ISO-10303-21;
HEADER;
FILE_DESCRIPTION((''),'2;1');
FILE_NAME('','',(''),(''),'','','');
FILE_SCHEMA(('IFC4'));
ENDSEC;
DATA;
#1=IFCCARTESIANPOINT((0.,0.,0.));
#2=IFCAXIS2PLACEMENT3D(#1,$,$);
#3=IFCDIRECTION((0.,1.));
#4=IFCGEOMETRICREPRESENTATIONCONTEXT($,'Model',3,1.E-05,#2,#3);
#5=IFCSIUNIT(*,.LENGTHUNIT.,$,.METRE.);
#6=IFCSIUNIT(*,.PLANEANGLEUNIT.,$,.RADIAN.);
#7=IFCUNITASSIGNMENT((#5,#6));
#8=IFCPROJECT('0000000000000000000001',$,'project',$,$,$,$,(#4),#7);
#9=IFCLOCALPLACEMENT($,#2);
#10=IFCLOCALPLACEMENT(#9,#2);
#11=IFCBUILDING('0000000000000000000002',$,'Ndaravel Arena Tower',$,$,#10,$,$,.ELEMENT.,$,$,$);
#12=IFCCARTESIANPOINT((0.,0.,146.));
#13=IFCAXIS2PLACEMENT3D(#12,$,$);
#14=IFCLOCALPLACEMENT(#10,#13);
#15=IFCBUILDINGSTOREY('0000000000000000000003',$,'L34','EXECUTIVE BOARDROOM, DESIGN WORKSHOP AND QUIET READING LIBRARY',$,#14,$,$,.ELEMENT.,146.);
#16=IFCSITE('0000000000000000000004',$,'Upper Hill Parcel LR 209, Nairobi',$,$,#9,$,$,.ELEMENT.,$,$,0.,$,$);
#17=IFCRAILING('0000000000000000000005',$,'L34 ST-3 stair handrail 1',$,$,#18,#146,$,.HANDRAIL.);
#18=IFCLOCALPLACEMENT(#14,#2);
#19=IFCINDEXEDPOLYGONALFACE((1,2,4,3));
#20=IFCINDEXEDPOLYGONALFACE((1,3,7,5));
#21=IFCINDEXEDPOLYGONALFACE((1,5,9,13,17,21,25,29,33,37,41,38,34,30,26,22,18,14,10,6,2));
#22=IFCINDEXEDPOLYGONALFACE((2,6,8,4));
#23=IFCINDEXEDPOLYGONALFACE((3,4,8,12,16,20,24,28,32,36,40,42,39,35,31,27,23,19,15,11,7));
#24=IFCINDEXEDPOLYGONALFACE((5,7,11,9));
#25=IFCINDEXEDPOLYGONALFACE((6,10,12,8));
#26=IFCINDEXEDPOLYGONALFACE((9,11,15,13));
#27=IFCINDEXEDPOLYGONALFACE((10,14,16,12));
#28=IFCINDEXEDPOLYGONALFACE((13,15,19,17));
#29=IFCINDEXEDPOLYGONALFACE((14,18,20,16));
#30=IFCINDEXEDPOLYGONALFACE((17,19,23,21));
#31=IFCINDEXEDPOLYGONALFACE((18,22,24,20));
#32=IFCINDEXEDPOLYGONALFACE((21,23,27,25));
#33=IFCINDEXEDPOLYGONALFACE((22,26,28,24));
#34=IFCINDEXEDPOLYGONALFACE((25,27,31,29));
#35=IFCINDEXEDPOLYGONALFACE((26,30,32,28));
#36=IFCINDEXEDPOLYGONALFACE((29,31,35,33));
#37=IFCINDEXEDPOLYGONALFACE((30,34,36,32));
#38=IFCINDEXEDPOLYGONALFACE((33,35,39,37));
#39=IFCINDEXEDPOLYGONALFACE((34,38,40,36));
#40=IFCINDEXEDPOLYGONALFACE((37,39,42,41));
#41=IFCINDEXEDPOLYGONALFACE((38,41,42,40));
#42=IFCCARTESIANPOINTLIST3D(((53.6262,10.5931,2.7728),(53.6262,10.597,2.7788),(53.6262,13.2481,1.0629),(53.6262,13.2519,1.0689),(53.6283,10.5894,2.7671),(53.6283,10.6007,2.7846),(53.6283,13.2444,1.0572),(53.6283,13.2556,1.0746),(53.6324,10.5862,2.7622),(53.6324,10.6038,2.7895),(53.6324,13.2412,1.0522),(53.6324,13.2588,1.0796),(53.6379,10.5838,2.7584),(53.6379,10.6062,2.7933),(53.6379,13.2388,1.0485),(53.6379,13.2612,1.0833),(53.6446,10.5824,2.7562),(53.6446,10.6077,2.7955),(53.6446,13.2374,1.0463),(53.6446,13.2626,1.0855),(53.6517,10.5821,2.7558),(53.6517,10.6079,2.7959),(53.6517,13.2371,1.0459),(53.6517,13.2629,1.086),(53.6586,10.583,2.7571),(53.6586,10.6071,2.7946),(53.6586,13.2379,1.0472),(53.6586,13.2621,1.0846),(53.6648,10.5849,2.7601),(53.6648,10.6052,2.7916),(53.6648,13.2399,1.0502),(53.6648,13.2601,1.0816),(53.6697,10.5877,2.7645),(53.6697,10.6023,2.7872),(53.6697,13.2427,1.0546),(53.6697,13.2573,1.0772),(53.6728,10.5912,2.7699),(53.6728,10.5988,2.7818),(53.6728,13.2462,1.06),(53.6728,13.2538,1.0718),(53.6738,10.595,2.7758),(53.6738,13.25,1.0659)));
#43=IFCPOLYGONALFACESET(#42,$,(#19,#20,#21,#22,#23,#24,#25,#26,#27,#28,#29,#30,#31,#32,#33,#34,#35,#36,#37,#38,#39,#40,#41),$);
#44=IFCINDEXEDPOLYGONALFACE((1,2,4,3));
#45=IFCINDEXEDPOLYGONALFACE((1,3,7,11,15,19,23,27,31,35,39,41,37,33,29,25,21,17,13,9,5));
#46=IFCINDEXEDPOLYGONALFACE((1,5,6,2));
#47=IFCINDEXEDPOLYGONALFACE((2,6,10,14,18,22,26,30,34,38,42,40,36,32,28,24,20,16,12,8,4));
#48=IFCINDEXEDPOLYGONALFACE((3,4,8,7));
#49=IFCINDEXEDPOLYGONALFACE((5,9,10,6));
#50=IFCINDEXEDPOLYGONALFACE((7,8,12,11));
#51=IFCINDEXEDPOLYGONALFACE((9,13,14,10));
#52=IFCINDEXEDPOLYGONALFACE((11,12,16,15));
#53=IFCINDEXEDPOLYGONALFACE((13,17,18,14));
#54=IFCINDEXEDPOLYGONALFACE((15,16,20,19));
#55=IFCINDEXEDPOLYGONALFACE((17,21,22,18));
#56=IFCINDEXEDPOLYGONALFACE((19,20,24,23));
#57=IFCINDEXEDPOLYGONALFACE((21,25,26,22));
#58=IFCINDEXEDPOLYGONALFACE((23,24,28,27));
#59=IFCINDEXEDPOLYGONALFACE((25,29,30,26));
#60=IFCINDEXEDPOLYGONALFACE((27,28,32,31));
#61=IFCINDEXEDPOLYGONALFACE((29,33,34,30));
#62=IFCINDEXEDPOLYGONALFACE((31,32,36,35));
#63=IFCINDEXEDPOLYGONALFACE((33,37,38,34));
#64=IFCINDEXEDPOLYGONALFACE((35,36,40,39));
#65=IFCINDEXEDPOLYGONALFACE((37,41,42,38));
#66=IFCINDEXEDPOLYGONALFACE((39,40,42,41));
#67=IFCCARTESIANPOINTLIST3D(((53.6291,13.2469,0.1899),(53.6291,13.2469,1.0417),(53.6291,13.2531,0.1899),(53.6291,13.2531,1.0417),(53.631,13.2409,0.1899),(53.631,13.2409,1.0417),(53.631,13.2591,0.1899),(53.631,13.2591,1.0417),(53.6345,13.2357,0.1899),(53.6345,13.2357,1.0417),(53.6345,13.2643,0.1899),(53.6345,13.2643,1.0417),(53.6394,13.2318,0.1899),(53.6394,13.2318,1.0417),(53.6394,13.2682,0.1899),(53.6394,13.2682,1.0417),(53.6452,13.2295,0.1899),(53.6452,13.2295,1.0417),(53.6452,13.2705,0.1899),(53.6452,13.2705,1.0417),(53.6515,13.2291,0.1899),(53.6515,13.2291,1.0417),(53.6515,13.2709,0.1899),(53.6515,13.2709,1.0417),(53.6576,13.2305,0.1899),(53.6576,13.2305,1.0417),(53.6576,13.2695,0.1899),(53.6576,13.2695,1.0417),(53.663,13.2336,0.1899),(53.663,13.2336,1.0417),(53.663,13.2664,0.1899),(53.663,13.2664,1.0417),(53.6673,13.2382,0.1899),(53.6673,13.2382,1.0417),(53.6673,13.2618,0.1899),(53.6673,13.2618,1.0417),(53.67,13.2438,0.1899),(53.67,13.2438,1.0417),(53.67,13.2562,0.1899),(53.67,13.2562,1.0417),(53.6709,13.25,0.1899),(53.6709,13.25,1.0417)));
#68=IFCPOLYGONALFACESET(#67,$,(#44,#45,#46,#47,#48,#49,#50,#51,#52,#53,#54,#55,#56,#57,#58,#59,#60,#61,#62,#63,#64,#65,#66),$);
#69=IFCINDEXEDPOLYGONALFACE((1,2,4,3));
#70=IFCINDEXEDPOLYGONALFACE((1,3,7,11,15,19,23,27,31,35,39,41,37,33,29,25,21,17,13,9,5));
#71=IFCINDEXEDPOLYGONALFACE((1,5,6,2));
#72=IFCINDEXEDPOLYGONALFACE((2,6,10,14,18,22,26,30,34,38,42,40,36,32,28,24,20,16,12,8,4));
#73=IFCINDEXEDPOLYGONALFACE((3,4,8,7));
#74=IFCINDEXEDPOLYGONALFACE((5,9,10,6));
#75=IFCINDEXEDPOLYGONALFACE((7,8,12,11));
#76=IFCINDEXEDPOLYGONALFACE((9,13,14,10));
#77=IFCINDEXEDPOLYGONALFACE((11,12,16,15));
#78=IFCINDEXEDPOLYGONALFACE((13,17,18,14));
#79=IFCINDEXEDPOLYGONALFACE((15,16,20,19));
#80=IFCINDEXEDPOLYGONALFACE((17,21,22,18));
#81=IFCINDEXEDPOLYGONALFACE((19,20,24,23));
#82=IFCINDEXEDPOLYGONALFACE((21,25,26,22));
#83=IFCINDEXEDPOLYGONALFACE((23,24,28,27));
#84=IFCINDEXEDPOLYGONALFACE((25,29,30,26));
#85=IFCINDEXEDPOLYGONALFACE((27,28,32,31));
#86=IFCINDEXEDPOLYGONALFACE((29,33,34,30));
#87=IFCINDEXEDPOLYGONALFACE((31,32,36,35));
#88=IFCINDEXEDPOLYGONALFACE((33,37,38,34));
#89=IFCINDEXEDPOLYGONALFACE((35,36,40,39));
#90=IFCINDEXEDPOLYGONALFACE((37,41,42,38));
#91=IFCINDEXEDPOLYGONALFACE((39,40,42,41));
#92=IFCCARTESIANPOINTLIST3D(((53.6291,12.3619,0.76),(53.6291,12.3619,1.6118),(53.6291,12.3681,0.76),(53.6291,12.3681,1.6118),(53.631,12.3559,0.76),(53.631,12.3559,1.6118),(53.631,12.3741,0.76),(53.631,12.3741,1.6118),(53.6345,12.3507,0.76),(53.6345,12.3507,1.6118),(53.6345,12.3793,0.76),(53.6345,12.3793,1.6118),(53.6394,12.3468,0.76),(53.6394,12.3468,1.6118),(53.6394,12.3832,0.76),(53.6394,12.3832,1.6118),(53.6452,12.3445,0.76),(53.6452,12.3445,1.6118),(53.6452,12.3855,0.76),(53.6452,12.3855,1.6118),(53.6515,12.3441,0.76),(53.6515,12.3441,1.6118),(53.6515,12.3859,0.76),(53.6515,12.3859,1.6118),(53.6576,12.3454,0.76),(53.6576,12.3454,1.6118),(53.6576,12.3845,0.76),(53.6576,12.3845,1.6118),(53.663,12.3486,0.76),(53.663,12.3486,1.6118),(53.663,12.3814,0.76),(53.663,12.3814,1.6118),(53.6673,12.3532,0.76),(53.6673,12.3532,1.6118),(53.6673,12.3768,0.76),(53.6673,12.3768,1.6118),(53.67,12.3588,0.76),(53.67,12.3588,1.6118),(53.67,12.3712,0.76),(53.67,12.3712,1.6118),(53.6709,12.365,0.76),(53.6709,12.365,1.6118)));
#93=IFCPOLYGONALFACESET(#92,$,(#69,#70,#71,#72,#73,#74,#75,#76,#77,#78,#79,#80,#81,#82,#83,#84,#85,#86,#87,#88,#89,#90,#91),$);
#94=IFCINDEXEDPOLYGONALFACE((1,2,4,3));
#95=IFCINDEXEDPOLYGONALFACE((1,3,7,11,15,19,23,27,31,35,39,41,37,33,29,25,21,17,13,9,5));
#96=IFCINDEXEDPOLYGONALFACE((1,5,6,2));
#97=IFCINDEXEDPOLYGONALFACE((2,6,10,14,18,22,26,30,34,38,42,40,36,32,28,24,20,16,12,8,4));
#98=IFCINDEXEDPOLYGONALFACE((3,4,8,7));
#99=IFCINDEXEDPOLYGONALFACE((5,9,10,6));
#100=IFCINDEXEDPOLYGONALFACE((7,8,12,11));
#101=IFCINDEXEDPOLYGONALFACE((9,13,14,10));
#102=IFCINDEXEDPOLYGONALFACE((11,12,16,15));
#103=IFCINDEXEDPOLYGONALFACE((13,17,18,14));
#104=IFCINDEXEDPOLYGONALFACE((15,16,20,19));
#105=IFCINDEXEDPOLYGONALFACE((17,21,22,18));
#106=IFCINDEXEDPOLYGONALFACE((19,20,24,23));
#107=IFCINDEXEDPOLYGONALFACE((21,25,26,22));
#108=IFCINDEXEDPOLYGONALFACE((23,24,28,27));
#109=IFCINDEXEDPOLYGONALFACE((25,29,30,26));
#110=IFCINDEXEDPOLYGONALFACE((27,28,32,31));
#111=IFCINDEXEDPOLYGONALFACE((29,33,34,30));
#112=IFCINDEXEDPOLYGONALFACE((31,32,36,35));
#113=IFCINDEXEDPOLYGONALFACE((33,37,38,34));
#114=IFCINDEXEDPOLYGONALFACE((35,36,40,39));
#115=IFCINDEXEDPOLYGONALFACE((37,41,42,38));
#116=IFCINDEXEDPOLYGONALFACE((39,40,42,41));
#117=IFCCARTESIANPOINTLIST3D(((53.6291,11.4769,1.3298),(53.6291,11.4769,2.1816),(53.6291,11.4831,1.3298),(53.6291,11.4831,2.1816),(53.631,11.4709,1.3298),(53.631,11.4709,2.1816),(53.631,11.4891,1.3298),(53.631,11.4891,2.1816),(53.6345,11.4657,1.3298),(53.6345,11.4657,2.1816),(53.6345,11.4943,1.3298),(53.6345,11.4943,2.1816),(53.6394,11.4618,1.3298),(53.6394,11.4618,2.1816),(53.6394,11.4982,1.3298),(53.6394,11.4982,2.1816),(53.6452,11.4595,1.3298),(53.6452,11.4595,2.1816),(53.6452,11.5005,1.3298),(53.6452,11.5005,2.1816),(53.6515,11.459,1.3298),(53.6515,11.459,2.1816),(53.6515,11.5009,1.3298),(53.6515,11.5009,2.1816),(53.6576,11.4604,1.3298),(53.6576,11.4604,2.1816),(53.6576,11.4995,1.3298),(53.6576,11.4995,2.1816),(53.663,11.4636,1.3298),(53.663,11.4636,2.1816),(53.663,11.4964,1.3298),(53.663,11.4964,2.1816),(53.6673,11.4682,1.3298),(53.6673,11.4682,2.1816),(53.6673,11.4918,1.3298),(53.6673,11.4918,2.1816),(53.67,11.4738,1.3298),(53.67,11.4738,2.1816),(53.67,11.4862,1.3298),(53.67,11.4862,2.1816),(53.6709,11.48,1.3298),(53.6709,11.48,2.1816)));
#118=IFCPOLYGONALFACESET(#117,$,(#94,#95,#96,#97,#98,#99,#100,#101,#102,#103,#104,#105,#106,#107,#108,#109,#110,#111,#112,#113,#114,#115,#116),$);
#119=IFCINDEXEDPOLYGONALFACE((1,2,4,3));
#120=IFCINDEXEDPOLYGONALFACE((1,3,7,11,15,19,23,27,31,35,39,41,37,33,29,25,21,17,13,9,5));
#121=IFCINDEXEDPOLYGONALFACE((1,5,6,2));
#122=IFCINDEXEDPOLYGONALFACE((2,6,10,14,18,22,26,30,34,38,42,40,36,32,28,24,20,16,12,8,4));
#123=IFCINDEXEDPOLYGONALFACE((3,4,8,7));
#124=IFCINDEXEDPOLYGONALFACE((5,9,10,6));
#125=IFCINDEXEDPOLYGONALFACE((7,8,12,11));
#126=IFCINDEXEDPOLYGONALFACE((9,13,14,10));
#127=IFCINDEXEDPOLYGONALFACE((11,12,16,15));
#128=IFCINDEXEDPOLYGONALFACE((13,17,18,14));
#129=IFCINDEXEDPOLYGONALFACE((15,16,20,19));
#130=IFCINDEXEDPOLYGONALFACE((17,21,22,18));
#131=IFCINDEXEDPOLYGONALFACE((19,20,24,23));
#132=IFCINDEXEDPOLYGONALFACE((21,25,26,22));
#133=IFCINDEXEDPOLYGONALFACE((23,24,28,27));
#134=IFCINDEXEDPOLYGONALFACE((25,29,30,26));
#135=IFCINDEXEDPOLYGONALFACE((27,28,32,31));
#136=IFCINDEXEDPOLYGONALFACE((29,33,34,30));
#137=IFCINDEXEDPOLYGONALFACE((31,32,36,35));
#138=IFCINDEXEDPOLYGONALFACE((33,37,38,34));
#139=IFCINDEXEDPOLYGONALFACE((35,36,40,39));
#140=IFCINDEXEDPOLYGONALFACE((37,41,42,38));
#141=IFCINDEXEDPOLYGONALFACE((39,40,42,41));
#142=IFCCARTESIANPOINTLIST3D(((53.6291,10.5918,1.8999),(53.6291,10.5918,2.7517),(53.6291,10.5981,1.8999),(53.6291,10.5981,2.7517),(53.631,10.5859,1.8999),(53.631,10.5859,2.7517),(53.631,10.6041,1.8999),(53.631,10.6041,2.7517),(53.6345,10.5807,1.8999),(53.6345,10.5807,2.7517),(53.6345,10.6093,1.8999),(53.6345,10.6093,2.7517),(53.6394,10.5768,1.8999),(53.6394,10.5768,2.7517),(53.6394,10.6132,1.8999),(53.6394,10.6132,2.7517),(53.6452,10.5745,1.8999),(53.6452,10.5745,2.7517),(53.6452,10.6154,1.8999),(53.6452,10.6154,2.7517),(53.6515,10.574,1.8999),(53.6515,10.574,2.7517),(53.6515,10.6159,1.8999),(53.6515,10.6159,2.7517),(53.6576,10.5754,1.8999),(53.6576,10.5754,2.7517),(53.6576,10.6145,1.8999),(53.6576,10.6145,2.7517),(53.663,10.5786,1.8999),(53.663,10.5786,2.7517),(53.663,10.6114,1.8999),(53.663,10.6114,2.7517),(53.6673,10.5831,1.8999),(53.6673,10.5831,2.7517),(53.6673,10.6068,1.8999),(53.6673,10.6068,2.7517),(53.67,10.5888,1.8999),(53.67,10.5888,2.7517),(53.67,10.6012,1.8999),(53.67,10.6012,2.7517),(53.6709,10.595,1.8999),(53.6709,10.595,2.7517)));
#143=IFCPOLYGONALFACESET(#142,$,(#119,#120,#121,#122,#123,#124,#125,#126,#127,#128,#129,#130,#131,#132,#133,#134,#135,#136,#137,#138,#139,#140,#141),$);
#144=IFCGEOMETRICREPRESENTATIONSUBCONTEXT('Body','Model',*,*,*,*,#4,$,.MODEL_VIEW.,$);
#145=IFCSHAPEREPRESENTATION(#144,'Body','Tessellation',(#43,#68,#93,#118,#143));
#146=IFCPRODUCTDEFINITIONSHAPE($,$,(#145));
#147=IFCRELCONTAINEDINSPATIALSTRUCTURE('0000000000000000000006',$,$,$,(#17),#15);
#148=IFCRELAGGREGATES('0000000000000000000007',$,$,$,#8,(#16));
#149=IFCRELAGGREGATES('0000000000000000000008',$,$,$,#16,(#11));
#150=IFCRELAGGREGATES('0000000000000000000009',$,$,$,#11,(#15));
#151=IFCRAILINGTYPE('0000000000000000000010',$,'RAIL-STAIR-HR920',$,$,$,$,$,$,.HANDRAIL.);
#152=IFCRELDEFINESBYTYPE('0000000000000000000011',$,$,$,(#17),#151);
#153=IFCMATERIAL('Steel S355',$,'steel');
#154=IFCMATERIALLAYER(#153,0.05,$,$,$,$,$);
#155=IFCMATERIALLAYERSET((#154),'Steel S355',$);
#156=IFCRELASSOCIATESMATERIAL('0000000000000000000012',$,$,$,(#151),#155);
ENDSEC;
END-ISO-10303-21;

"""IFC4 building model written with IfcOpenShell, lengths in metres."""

from ifc_helpers import new_model, si_unit, direction, frame, origin, origin_2d, place, context, subcontext, project, spatial, circle, extrude, material, layer, layer_set, type_object, element, save


model = new_model("IFC4")

# Units and contexts
model_context = context("Model", 3, precision=1e-05, world=origin(), true_north=direction((0.0, 1.0)))
body_context = subcontext(model_context, "Body", "Model", "MODEL_VIEW")
ifc_project = project(units=[si_unit("LENGTHUNIT", "METRE"), si_unit("PLANEANGLEUNIT", "RADIAN")], contexts=[model_context])

# Site, building, storey
site_placement = place(None, origin())
site = spatial("IfcSite", under=ifc_project, at=site_placement, Name="Upper Hill Parcel LR 209, Nairobi", CompositionType="ELEMENT", RefElevation=0.0)
building_placement = place(site_placement, origin())
building = spatial("IfcBuilding", under=site, at=building_placement, Name="Ndaravel Arena Tower", CompositionType="ELEMENT")
storey_placement = place(building_placement, frame((0.0, 0.0, 146.0)))
storey = spatial("IfcBuildingStorey", under=building, at=storey_placement, Name="L34", Description="EXECUTIVE BOARDROOM, DESIGN WORKSHOP AND QUIET READING LIBRARY", CompositionType="ELEMENT", Elevation=146.0)

# Railing
ifc_material_1 = material(Name="Steel S355", Category="steel")
ifc_layer_1 = layer(ifc_material_1, 0.05)
ifc_layer_set_1 = layer_set([ifc_layer_1], Name="Steel S355")
railing_type_1 = type_object("IfcRailingType", Name="RAIL-STAIR-HR920", PredefinedType="HANDRAIL", material=ifc_layer_set_1)
railing_1_placement = place(storey_placement, frame((53.6499, 13.25, 0.1899)))
element("IfcRailing", 1, at=railing_1_placement, inside=storey, type_object=railing_type_1, Name="L34 ST-3 stair handrail 1", PredefinedType="HANDRAIL", context=body_context, shape_type="SweptSolid", body=[
    extrude(circle(Radius=0.0239, at=origin_2d()), frame((0.0, 0.0, 0.876), z_axis=(0.0, -0.840724, 0.541465), x_axis=(1.0, 0.0, 0.0)), (0.0, 0.0, 1.0), 3.158),
    extrude(circle(Radius=0.021, at=origin_2d()), origin(), (0.0, 0.0, 1.0), 0.8518),
    extrude(circle(Radius=0.021, at=origin_2d()), frame((0.0, -0.885, 0.5701)), (0.0, 0.0, 1.0), 0.8518),
    extrude(circle(Radius=0.021, at=origin_2d()), frame((0.0, -1.77, 1.1399)), (0.0, 0.0, 1.0), 0.8518),
    extrude(circle(Radius=0.021, at=origin_2d()), frame((0.0, -2.655, 1.71)), (0.0, 0.0, 1.0), 0.8518),
])

save(model, "model.ifc")
